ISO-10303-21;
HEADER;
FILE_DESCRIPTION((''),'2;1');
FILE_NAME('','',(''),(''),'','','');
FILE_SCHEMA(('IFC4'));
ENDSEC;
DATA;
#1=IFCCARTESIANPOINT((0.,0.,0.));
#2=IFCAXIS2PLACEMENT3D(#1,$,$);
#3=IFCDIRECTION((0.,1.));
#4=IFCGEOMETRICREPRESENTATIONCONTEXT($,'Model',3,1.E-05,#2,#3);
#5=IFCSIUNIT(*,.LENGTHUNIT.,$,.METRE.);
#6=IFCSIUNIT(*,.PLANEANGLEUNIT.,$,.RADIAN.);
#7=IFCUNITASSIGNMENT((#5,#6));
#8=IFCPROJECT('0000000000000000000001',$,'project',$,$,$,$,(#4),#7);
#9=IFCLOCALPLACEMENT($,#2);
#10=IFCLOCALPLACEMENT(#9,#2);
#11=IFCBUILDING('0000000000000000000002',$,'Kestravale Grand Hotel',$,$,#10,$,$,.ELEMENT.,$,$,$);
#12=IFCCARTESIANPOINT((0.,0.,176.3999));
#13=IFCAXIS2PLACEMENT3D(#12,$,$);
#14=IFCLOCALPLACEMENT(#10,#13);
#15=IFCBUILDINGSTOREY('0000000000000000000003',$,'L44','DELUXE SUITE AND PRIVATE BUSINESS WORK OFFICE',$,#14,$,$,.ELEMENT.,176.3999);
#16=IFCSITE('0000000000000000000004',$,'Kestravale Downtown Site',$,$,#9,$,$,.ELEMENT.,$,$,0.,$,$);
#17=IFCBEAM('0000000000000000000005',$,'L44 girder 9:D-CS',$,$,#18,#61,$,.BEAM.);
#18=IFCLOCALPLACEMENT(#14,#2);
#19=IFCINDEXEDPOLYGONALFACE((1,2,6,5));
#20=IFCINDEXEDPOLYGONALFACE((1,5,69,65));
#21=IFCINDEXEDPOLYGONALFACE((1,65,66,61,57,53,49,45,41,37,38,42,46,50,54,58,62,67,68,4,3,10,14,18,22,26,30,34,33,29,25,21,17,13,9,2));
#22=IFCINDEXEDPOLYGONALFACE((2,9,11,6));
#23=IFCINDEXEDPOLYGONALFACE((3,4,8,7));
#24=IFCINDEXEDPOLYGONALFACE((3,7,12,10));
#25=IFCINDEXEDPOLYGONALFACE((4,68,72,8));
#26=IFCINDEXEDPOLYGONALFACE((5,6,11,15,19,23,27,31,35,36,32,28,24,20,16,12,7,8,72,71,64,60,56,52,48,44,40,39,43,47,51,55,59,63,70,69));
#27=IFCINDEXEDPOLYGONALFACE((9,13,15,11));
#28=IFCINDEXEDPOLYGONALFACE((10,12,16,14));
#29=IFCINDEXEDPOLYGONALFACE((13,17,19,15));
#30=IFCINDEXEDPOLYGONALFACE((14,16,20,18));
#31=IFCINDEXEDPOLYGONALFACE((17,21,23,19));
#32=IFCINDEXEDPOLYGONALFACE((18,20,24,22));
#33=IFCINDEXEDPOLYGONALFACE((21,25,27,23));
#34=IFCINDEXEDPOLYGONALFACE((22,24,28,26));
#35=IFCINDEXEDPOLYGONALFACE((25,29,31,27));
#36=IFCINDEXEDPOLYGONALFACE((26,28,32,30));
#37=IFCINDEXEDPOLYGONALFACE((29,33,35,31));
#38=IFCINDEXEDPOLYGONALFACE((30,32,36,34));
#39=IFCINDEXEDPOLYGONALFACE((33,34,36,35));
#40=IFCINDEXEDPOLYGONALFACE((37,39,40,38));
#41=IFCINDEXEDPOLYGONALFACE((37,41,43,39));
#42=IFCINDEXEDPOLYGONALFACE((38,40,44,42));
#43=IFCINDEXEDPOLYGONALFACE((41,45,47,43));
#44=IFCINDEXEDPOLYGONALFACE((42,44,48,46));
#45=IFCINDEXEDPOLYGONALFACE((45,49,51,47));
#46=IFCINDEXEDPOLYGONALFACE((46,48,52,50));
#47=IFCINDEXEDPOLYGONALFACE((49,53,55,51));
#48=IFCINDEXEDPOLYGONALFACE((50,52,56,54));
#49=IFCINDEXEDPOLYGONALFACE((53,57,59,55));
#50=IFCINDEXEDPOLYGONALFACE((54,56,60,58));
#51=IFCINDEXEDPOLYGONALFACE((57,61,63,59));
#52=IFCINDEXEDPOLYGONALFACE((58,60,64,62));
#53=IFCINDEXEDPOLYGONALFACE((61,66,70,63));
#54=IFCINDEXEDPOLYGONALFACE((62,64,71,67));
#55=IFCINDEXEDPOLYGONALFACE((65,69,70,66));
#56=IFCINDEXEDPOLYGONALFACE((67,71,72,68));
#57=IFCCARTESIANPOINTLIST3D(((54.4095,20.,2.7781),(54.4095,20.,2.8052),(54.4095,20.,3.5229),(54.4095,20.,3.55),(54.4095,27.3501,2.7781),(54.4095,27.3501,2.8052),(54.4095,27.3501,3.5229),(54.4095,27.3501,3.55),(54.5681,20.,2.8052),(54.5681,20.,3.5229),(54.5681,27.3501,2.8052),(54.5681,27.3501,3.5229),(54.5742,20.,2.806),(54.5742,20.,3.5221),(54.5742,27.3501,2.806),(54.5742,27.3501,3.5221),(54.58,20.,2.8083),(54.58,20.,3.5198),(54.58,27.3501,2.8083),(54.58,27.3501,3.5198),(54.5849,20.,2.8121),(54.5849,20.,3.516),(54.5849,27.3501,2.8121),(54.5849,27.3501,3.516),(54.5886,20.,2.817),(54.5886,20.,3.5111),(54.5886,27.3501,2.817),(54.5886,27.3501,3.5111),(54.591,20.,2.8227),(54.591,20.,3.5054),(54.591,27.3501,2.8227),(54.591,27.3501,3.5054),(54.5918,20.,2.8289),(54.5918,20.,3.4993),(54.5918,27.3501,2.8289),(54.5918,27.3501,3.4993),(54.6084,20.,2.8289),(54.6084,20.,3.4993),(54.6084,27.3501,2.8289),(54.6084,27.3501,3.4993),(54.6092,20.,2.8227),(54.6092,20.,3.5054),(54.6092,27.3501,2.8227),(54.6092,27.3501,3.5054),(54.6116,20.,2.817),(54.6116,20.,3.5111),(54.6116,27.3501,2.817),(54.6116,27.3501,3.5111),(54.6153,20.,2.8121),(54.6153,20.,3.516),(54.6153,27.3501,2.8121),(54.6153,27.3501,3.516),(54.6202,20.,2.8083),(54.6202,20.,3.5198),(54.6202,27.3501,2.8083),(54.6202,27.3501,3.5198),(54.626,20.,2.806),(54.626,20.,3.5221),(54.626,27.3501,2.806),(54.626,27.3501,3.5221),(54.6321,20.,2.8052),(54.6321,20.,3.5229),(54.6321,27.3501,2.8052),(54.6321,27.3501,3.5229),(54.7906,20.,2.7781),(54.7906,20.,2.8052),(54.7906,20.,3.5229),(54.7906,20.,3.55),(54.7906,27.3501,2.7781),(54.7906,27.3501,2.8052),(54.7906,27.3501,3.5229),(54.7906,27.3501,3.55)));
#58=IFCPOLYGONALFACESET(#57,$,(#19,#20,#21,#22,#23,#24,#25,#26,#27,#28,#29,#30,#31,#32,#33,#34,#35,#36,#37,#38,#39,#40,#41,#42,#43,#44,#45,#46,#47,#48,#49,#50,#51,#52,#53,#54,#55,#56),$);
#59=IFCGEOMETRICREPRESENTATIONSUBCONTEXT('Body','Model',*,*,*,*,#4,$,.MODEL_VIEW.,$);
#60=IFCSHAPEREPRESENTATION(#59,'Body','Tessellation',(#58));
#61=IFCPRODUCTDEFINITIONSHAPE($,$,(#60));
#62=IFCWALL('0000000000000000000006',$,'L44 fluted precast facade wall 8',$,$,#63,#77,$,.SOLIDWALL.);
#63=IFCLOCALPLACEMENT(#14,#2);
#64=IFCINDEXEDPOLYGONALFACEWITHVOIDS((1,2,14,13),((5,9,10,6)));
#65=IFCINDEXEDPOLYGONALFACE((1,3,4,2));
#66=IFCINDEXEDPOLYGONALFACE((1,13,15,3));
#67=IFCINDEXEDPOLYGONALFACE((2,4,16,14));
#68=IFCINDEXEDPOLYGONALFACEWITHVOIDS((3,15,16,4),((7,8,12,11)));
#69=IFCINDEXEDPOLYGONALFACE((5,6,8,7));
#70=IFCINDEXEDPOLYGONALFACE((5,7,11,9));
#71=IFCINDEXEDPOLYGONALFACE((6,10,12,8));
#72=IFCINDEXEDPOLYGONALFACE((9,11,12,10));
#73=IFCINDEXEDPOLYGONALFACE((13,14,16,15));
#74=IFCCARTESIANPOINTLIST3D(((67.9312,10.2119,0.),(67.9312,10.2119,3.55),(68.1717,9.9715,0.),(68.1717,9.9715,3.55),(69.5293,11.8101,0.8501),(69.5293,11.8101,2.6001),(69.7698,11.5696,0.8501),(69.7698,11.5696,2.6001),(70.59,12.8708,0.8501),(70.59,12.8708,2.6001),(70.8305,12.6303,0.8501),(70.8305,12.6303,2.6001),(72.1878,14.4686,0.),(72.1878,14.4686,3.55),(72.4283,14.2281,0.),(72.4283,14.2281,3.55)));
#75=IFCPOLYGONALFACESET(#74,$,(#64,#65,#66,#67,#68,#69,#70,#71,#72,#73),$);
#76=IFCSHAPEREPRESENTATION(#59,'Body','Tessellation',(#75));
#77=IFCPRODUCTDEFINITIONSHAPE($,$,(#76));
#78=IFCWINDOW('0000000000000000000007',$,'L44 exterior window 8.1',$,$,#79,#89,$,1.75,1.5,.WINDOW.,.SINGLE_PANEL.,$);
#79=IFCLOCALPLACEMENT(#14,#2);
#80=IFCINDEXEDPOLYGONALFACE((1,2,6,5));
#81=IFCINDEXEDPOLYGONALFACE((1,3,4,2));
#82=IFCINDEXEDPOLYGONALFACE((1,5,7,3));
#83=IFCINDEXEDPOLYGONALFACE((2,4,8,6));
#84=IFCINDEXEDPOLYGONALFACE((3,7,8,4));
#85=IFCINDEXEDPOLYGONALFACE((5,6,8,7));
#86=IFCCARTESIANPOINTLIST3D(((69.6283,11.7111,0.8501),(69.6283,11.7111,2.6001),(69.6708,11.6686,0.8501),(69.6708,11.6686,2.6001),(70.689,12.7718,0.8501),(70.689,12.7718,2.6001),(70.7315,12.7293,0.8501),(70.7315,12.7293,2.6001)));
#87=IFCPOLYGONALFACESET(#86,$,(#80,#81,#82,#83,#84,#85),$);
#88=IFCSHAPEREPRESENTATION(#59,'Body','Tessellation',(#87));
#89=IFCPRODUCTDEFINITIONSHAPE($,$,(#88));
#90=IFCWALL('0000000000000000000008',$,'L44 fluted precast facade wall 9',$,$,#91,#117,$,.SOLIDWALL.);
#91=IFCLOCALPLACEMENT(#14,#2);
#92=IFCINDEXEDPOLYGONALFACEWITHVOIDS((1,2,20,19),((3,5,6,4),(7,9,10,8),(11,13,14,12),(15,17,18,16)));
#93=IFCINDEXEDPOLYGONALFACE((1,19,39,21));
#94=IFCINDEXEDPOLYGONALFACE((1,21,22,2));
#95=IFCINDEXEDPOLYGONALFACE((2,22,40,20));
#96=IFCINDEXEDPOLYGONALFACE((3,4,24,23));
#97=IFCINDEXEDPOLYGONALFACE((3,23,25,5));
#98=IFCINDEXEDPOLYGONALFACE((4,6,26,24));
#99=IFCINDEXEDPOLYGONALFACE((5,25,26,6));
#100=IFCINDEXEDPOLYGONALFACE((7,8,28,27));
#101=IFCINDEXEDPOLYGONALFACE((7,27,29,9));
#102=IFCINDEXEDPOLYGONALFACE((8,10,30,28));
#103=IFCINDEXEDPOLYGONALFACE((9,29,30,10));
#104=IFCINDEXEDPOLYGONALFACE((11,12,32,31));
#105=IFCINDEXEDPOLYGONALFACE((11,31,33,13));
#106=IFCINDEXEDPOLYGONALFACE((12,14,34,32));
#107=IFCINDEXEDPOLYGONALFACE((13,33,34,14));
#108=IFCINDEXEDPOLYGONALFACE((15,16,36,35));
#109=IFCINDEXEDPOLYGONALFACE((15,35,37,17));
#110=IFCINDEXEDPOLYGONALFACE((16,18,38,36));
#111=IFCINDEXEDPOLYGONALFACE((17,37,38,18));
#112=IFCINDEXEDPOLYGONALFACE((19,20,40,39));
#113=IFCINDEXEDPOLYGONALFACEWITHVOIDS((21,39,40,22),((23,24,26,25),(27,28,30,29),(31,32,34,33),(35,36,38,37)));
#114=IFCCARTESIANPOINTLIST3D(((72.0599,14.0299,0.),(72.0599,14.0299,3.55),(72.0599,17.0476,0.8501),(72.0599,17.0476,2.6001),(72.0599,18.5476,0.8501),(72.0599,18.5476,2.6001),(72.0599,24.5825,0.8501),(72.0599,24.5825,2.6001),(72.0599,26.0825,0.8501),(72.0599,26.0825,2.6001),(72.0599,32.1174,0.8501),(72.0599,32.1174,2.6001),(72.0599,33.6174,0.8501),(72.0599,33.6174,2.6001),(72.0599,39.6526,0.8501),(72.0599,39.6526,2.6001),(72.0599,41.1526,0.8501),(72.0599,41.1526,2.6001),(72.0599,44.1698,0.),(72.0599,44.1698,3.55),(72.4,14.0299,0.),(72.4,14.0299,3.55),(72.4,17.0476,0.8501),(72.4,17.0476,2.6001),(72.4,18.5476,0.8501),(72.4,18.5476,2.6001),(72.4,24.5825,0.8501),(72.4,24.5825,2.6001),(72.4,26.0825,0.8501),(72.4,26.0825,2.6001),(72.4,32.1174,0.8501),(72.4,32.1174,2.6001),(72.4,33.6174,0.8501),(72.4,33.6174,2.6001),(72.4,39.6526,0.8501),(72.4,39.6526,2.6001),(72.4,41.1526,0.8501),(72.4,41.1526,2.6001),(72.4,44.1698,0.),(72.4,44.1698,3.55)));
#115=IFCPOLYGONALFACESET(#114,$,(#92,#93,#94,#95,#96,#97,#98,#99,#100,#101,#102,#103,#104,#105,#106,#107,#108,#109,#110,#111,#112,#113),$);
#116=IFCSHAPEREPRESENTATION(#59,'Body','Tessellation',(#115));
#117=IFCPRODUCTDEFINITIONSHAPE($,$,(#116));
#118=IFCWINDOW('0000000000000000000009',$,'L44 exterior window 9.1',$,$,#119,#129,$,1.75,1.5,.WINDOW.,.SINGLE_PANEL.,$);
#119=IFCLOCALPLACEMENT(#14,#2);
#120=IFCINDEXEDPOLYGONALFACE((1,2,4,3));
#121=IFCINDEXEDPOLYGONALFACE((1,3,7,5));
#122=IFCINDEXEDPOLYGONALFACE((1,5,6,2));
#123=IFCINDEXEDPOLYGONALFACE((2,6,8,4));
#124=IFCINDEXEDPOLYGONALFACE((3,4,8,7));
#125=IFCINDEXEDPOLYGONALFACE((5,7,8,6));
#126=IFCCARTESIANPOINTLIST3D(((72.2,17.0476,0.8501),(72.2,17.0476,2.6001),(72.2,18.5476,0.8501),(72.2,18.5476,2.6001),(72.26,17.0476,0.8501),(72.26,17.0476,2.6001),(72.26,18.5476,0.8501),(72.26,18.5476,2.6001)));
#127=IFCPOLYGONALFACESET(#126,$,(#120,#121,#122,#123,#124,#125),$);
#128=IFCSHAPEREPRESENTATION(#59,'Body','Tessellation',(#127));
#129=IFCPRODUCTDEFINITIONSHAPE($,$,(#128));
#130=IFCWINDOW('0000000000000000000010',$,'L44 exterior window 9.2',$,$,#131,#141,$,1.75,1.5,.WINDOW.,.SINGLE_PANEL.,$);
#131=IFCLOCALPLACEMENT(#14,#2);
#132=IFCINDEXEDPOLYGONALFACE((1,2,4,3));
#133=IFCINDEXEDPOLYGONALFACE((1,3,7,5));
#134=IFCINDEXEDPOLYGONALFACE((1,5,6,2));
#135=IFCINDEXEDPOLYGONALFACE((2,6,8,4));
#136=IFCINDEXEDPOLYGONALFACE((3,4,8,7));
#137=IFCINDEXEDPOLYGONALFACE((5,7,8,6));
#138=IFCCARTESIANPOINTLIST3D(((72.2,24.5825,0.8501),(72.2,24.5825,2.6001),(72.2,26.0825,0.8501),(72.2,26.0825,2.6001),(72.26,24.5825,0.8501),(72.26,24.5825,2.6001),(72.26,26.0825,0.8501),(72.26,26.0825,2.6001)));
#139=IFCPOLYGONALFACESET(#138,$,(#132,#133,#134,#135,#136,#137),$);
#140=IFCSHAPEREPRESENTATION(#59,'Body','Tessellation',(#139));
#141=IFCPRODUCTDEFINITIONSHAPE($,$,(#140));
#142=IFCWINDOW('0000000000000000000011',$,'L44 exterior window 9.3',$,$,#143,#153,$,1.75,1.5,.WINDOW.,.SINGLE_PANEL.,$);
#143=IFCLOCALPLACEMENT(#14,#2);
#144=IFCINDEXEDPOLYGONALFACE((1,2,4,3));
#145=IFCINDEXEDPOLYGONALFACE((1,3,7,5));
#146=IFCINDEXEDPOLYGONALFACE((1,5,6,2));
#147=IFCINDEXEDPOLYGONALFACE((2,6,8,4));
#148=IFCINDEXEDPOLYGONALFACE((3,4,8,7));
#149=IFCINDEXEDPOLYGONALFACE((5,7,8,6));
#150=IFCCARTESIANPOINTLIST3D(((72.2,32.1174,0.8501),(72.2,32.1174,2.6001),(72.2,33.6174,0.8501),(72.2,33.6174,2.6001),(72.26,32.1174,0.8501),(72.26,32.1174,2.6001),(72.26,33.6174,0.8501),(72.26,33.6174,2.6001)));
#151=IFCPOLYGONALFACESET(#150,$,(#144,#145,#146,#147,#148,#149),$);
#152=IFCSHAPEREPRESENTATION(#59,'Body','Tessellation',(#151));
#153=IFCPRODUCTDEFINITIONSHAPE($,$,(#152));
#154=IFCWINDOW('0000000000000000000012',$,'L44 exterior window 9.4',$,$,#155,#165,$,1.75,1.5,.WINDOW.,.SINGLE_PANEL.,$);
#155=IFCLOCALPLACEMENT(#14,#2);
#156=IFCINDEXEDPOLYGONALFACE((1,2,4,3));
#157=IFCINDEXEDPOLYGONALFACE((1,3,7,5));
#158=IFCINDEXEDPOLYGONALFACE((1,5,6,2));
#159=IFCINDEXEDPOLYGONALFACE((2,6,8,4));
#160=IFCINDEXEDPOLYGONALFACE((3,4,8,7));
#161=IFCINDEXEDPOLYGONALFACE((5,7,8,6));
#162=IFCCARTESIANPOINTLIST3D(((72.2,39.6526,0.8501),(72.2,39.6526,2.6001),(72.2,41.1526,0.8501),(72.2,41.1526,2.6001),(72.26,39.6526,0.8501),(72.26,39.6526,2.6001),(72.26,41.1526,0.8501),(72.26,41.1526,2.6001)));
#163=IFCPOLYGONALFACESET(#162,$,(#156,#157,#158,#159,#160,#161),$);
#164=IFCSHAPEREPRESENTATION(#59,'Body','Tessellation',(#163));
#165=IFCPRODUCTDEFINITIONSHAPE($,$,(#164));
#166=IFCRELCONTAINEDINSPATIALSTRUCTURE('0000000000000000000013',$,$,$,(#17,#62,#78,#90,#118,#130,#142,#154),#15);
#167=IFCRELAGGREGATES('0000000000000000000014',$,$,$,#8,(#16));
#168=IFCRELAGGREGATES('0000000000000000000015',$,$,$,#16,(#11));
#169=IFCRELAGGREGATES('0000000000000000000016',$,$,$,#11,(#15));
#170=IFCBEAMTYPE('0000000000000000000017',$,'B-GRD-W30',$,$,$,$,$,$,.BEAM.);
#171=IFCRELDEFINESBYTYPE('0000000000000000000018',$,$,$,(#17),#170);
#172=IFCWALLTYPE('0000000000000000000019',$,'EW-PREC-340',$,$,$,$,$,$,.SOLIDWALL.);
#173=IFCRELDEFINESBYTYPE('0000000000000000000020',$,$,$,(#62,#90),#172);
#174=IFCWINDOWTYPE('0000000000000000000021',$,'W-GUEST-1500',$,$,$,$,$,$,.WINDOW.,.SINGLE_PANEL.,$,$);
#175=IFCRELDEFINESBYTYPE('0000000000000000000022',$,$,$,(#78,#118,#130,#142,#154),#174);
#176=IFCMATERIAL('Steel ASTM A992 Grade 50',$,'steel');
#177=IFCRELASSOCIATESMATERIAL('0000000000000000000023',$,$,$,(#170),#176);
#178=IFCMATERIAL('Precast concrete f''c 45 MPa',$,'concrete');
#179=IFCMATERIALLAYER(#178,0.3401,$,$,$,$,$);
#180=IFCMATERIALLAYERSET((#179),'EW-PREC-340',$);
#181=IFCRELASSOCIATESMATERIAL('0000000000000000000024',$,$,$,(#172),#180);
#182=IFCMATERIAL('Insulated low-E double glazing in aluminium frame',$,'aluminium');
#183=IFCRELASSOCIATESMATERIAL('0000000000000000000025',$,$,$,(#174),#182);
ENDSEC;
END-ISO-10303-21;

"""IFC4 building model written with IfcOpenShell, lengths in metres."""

from ifc_helpers import new_model, si_unit, direction, frame, frame_2d, origin, origin_2d, place, context, subcontext, project, spatial, rectangle, i_section, extrude, material, layer, layer_set, material_profile, profile_set, type_object, element, fill, save


model = new_model("IFC4")

# Units and contexts
model_context = context("Model", 3, precision=1e-05, world=origin(), true_north=direction((0.0, 1.0)))
body_context = subcontext(model_context, "Body", "Model", "MODEL_VIEW")
ifc_project = project(units=[si_unit("LENGTHUNIT", "METRE"), si_unit("PLANEANGLEUNIT", "RADIAN")], contexts=[model_context])

# Site, building, storey
site_placement = place(None, origin())
site = spatial("IfcSite", under=ifc_project, at=site_placement, Name="Kestravale Downtown Site", CompositionType="ELEMENT", RefElevation=0.0)
building_placement = place(site_placement, origin())
building = spatial("IfcBuilding", under=site, at=building_placement, Name="Kestravale Grand Hotel", CompositionType="ELEMENT")
storey_placement = place(building_placement, frame((0.0, 0.0, 176.3999)))
storey = spatial("IfcBuildingStorey", under=building, at=storey_placement, Name="L44", Description="DELUXE SUITE AND PRIVATE BUSINESS WORK OFFICE", CompositionType="ELEMENT", Elevation=176.3999)

# Beam
ifc_material_1 = material(Name="Steel ASTM A992 Grade 50", Category="steel")
ifc_material_profile_1 = material_profile(ifc_material_1, i_section(OverallWidth=0.3811, OverallDepth=0.772, WebThickness=0.0166, FlangeThickness=0.0271, FilletRadius=0.0237, at=origin_2d()))
ifc_profile_set_1 = profile_set([ifc_material_profile_1], Name="Steel ASTM A992 Grade 50")
beam_type_1 = type_object("IfcBeamType", Name="B-GRD-W30", PredefinedType="BEAM", material=ifc_profile_set_1)
beam_1_placement = place(storey_placement, frame((54.6001, 20.0, 3.1641), z_axis=(0.0, 1.0, 0.0), x_axis=(-1.0, 0.0, 0.0)))
element("IfcBeam", 1, at=beam_1_placement, inside=storey, type_object=beam_type_1, Name="L44 girder 9:D-CS", PredefinedType="BEAM", context=body_context, shape_type="SweptSolid", body=[
    extrude(i_section(OverallWidth=0.3811, OverallDepth=0.772, WebThickness=0.0166, FlangeThickness=0.0271, FilletRadius=0.0237, at=origin_2d()), origin(), (0.0, 0.0, 1.0), 7.3501),
])

# Wall, opening, window
ifc_material_2 = material(Name="Precast concrete f'c 45 MPa", Category="concrete")
ifc_layer_1 = layer(ifc_material_2, 0.3401)
ifc_layer_set_1 = layer_set([ifc_layer_1], Name="EW-PREC-340")
wall_type_1 = type_object("IfcWallType", Name="EW-PREC-340", PredefinedType="SOLIDWALL", material=ifc_layer_set_1)
wall_1_placement = place(storey_placement, frame((68.0515, 10.0918, 0.0), z_axis=(0.0, 0.0, 1.0), x_axis=(0.707107, 0.707107, 0.0)))
wall_1 = element("IfcWall", 2, at=wall_1_placement, inside=storey, type_object=wall_type_1, Name="L44 fluted precast facade wall 8", PredefinedType="SOLIDWALL", context=body_context, shape_type="SweptSolid", body=[
    extrude(rectangle(XDim=6.0198, YDim=0.3401, at=frame_2d((3.0098, 0.0))), origin(), (0.0, 0.0, 1.0), 3.55),
])
opening_1_placement = place(wall_1_placement, frame((2.26, 0.0, 0.8501)))
opening_1 = element("IfcOpeningElement", 3, at=opening_1_placement, cuts=wall_1, PredefinedType="OPENING", context=body_context, shape_type="SweptSolid", body=[
    extrude(rectangle(XDim=1.5, YDim=1.75, at=frame_2d((0.75, 0.875))), frame((0.0, 0.1799, 0.0), z_axis=(0.0, -1.0, 0.0), x_axis=(1.0, 0.0, 0.0)), (0.0, 0.0, 1.0), 0.3601),
])
ifc_material_3 = material(Name="Insulated low-E double glazing in aluminium frame", Category="aluminium")
window_type = type_object("IfcWindowType", Name="W-GUEST-1500", PartitioningType="SINGLE_PANEL", PredefinedType="WINDOW", material=ifc_material_3)
window_1_placement = place(opening_1_placement, origin())
window_1 = element("IfcWindow", 4, at=window_1_placement, inside=storey, type_object=window_type, Name="L44 exterior window 8.1", OverallHeight=1.75, OverallWidth=1.5, PartitioningType="SINGLE_PANEL", PredefinedType="WINDOW", context=body_context, shape_type="SweptSolid", body=[
    extrude(rectangle(XDim=1.5, YDim=1.75, at=frame_2d((0.75, 0.875))), frame((0.0, 0.03, 0.0), z_axis=(0.0, -1.0, 0.0), x_axis=(1.0, 0.0, 0.0)), (0.0, 0.0, 1.0), 0.0601),
])
fill(opening_1, window_1)

# Wall, openings, windows
wall_2_placement = place(storey_placement, frame((72.23, 14.03, 0.0), z_axis=(0.0, 0.0, 1.0), x_axis=(0.0, 1.0, 0.0)))
wall_2 = element("IfcWall", 5, at=wall_2_placement, inside=storey, type_object=wall_type_1, Name="L44 fluted precast facade wall 9", PredefinedType="SOLIDWALL", context=body_context, shape_type="SweptSolid", body=[
    extrude(rectangle(XDim=30.1399, YDim=0.3401, at=frame_2d((15.0698, 0.0))), origin(), (0.0, 0.0, 1.0), 3.55),
])
opening_2_placement = place(wall_2_placement, frame((3.0176, 0.0, 0.8501)))
opening_2 = element("IfcOpeningElement", 6, at=opening_2_placement, cuts=wall_2, PredefinedType="OPENING", context=body_context, shape_type="SweptSolid", body=[
    extrude(rectangle(XDim=1.5, YDim=1.75, at=frame_2d((0.75, 0.875))), frame((0.0, 0.1799, 0.0), z_axis=(0.0, -1.0, 0.0), x_axis=(1.0, 0.0, 0.0)), (0.0, 0.0, 1.0), 0.3601),
])
opening_3_placement = place(wall_2_placement, frame((10.5525, 0.0, 0.8501)))
opening_3 = element("IfcOpeningElement", 7, at=opening_3_placement, cuts=wall_2, PredefinedType="OPENING", context=body_context, shape_type="SweptSolid", body=[
    extrude(rectangle(XDim=1.5, YDim=1.75, at=frame_2d((0.75, 0.875))), frame((0.0, 0.1799, 0.0), z_axis=(0.0, -1.0, 0.0), x_axis=(1.0, 0.0, 0.0)), (0.0, 0.0, 1.0), 0.3601),
])
opening_4_placement = place(wall_2_placement, frame((18.0874, 0.0, 0.8501)))
opening_4 = element("IfcOpeningElement", 8, at=opening_4_placement, cuts=wall_2, PredefinedType="OPENING", context=body_context, shape_type="SweptSolid", body=[
    extrude(rectangle(XDim=1.5, YDim=1.75, at=frame_2d((0.75, 0.875))), frame((0.0, 0.1799, 0.0), z_axis=(0.0, -1.0, 0.0), x_axis=(1.0, 0.0, 0.0)), (0.0, 0.0, 1.0), 0.3601),
])
opening_5_placement = place(wall_2_placement, frame((25.6226, 0.0, 0.8501)))
opening_5 = element("IfcOpeningElement", 9, at=opening_5_placement, cuts=wall_2, PredefinedType="OPENING", context=body_context, shape_type="SweptSolid", body=[
    extrude(rectangle(XDim=1.5, YDim=1.75, at=frame_2d((0.75, 0.875))), frame((0.0, 0.1799, 0.0), z_axis=(0.0, -1.0, 0.0), x_axis=(1.0, 0.0, 0.0)), (0.0, 0.0, 1.0), 0.3601),
])
window_2_placement = place(opening_2_placement, origin())
window_2 = element("IfcWindow", 10, at=window_2_placement, inside=storey, type_object=window_type, Name="L44 exterior window 9.1", OverallHeight=1.75, OverallWidth=1.5, PartitioningType="SINGLE_PANEL", PredefinedType="WINDOW", context=body_context, shape_type="SweptSolid", body=[
    extrude(rectangle(XDim=1.5, YDim=1.75, at=frame_2d((0.75, 0.875))), frame((0.0, 0.03, 0.0), z_axis=(0.0, -1.0, 0.0), x_axis=(1.0, 0.0, 0.0)), (0.0, 0.0, 1.0), 0.0601),
])
fill(opening_2, window_2)
window_3_placement = place(opening_3_placement, origin())
window_3 = element("IfcWindow", 11, at=window_3_placement, inside=storey, type_object=window_type, Name="L44 exterior window 9.2", OverallHeight=1.75, OverallWidth=1.5, PartitioningType="SINGLE_PANEL", PredefinedType="WINDOW", context=body_context, shape_type="SweptSolid", body=[
    extrude(rectangle(XDim=1.5, YDim=1.75, at=frame_2d((0.75, 0.875))), frame((0.0, 0.03, 0.0), z_axis=(0.0, -1.0, 0.0), x_axis=(1.0, 0.0, 0.0)), (0.0, 0.0, 1.0), 0.0601),
])
fill(opening_3, window_3)
window_4_placement = place(opening_4_placement, origin())
window_4 = element("IfcWindow", 12, at=window_4_placement, inside=storey, type_object=window_type, Name="L44 exterior window 9.3", OverallHeight=1.75, OverallWidth=1.5, PartitioningType="SINGLE_PANEL", PredefinedType="WINDOW", context=body_context, shape_type="SweptSolid", body=[
    extrude(rectangle(XDim=1.5, YDim=1.75, at=frame_2d((0.75, 0.875))), frame((0.0, 0.03, 0.0), z_axis=(0.0, -1.0, 0.0), x_axis=(1.0, 0.0, 0.0)), (0.0, 0.0, 1.0), 0.0601),
])
fill(opening_4, window_4)
window_5_placement = place(opening_5_placement, origin())
window_5 = element("IfcWindow", 13, at=window_5_placement, inside=storey, type_object=window_type, Name="L44 exterior window 9.4", OverallHeight=1.75, OverallWidth=1.5, PartitioningType="SINGLE_PANEL", PredefinedType="WINDOW", context=body_context, shape_type="SweptSolid", body=[
    extrude(rectangle(XDim=1.5, YDim=1.75, at=frame_2d((0.75, 0.875))), frame((0.0, 0.03, 0.0), z_axis=(0.0, -1.0, 0.0), x_axis=(1.0, 0.0, 0.0)), (0.0, 0.0, 1.0), 0.0601),
])
fill(opening_5, window_5)

save(model, "model.ifc")
